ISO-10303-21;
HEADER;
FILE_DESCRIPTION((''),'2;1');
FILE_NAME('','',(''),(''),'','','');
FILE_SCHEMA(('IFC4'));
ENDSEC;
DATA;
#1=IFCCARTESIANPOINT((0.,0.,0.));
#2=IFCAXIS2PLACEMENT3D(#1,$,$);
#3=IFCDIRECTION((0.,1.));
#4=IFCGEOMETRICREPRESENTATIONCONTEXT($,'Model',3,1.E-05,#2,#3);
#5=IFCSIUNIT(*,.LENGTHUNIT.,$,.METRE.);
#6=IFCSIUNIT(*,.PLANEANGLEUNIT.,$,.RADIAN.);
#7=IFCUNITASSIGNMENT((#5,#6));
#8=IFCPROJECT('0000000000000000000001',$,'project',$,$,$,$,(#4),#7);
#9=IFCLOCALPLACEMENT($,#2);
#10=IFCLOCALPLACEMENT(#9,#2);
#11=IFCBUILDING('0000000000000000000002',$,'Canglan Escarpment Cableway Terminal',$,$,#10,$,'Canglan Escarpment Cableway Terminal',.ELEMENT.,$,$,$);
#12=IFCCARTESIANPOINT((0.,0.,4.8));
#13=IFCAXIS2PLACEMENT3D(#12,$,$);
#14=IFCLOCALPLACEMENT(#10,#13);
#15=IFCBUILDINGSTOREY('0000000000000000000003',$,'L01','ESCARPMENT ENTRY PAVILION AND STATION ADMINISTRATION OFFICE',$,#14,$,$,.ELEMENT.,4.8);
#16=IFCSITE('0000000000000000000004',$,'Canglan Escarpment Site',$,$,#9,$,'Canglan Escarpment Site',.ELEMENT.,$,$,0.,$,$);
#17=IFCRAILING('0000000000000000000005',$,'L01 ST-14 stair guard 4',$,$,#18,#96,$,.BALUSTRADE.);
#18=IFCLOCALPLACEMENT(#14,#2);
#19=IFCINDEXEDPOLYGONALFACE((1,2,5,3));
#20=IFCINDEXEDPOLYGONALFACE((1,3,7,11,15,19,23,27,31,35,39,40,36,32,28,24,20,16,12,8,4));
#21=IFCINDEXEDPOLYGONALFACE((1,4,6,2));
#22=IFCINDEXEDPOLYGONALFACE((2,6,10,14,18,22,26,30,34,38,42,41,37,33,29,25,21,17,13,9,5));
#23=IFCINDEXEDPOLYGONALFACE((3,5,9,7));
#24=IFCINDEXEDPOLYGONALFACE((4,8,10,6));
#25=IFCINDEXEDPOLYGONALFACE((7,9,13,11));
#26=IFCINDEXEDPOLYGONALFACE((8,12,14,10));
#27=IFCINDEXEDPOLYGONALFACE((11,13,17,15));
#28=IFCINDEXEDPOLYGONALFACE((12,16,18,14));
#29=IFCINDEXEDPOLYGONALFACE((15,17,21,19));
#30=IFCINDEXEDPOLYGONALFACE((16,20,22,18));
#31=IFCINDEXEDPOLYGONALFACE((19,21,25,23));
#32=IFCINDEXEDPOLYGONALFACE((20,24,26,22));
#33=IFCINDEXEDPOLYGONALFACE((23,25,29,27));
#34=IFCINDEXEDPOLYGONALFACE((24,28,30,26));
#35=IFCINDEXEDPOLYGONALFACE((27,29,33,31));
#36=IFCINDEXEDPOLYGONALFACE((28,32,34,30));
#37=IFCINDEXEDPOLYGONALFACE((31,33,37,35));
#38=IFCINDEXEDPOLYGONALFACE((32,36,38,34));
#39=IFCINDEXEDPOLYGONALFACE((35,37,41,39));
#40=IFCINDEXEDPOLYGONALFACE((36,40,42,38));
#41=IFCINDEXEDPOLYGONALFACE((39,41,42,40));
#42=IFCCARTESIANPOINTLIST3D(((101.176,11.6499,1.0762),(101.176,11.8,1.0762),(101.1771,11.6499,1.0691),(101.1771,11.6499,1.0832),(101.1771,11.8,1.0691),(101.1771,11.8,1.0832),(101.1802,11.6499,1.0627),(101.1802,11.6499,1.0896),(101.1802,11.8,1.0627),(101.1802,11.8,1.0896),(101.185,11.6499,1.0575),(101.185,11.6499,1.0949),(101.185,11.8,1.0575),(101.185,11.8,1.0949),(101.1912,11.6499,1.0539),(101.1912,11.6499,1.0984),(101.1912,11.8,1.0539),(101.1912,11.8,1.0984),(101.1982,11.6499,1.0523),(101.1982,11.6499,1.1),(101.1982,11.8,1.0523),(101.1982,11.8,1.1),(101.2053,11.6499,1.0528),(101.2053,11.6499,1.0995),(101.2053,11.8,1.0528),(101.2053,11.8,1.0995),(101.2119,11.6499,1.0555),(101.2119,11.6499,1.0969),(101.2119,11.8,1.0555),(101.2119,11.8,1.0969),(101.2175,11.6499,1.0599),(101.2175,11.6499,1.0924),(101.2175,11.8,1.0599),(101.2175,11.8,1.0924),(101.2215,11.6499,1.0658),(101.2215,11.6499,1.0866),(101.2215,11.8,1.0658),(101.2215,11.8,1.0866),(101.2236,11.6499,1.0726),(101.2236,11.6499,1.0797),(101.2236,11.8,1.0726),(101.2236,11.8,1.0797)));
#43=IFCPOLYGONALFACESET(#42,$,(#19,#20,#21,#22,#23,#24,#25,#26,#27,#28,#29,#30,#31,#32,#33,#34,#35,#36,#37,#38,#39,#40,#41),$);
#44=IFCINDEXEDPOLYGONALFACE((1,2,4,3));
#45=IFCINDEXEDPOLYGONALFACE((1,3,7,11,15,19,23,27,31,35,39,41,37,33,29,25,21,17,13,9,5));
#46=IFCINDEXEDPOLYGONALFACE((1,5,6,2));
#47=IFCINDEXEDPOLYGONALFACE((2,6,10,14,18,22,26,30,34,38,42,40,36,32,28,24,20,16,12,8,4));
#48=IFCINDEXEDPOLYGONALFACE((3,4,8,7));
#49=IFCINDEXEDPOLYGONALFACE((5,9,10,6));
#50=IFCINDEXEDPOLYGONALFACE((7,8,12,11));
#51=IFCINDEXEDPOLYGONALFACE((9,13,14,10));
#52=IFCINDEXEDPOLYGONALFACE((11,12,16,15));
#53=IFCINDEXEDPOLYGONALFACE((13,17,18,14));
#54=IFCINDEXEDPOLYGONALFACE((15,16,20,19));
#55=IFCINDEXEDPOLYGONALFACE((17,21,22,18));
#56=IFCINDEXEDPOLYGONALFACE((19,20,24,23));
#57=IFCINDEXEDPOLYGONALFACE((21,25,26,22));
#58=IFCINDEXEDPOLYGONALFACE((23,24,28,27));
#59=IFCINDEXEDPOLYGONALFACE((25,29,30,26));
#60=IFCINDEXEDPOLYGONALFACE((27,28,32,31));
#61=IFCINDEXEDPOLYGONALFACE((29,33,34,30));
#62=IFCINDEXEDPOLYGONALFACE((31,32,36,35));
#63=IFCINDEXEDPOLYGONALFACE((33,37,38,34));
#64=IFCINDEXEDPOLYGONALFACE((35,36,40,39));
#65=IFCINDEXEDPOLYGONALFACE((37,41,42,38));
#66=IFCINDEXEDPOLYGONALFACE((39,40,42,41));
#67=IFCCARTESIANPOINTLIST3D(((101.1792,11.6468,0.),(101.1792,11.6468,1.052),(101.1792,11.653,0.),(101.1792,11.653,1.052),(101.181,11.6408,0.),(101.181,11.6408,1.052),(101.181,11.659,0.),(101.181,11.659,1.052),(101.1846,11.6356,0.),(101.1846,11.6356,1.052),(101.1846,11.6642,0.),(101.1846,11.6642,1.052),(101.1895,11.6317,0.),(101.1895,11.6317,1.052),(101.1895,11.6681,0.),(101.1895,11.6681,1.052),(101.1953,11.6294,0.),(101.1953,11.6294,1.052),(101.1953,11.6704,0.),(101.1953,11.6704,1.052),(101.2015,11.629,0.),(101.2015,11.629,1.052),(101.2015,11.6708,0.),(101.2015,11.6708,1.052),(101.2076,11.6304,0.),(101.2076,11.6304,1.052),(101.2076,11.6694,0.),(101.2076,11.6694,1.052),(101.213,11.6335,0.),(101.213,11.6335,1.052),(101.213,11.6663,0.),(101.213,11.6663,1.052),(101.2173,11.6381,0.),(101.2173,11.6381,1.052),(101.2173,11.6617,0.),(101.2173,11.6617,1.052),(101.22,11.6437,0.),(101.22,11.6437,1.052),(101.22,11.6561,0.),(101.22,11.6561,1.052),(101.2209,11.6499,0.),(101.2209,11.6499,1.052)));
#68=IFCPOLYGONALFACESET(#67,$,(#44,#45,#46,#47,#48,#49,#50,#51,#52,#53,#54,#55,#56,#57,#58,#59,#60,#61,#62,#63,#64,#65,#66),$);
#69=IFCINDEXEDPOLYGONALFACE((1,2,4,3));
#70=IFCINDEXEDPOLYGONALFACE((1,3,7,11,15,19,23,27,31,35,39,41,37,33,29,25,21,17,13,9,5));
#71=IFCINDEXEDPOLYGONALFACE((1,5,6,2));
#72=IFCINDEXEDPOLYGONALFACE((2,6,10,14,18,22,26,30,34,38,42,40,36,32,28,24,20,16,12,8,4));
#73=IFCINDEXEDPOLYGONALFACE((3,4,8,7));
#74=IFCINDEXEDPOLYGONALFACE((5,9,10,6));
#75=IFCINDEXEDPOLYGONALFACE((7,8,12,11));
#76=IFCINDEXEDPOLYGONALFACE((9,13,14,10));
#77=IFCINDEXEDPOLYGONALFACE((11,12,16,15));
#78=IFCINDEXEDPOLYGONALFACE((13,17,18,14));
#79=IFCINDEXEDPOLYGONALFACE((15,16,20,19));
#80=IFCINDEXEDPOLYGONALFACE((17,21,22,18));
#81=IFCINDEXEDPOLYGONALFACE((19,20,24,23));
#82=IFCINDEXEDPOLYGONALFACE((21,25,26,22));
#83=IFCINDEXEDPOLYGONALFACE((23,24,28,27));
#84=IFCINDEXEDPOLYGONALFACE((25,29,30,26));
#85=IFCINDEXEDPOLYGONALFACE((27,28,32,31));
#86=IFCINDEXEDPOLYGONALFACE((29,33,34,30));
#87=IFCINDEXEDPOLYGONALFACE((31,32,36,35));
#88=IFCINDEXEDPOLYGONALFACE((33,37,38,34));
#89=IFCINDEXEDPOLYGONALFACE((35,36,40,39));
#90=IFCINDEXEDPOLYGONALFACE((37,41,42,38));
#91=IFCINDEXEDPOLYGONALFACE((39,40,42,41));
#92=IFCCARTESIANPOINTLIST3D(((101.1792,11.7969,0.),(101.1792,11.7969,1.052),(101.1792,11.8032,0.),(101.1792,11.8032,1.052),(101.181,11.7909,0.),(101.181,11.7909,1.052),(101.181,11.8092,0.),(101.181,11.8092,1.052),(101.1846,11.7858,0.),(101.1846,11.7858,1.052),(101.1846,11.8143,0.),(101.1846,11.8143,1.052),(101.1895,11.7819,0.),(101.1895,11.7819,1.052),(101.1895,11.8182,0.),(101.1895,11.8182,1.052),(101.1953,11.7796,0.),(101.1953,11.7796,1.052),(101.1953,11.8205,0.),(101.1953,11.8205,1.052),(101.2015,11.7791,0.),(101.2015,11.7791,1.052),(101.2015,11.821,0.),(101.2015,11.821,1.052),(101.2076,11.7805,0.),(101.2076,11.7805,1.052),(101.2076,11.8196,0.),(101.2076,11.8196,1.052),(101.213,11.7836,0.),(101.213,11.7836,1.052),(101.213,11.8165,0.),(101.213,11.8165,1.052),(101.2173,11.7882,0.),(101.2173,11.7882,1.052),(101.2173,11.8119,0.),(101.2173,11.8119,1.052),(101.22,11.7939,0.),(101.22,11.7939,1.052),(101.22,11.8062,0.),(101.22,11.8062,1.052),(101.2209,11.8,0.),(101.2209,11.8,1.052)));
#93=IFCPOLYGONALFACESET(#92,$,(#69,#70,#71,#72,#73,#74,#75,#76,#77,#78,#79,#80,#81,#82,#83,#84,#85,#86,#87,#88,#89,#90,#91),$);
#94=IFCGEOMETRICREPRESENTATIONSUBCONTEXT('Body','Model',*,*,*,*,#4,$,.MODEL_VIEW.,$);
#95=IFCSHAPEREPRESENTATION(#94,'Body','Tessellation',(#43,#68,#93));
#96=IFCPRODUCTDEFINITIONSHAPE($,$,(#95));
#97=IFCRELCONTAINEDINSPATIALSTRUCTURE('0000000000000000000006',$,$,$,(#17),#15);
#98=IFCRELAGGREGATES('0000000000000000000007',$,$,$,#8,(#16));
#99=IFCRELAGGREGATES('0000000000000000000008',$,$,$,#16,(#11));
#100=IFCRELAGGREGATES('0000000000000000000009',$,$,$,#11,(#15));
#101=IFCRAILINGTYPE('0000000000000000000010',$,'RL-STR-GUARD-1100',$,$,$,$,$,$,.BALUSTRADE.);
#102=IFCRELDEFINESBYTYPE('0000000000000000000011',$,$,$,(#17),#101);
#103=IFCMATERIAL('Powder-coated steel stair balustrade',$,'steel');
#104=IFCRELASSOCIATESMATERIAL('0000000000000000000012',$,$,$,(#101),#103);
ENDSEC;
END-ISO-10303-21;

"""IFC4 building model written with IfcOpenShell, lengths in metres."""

from ifc_helpers import new_model, si_unit, direction, frame, origin, origin_2d, place, context, subcontext, project, spatial, circle, extrude, material, type_object, element, save


model = new_model("IFC4")

# Units and contexts
model_context = context("Model", 3, precision=1e-05, world=origin(), true_north=direction((0.0, 1.0)))
body_context = subcontext(model_context, "Body", "Model", "MODEL_VIEW")
ifc_project = project(units=[si_unit("LENGTHUNIT", "METRE"), si_unit("PLANEANGLEUNIT", "RADIAN")], contexts=[model_context])

# Site, building, storey
site_placement = place(None, origin())
site = spatial("IfcSite", under=ifc_project, at=site_placement, Name="Canglan Escarpment Site", LongName="Canglan Escarpment Site", CompositionType="ELEMENT", RefElevation=0.0)
building_placement = place(site_placement, origin())
building = spatial("IfcBuilding", under=site, at=building_placement, Name="Canglan Escarpment Cableway Terminal", LongName="Canglan Escarpment Cableway Terminal", CompositionType="ELEMENT")
storey_placement = place(building_placement, frame((0.0, 0.0, 4.8)))
storey = spatial("IfcBuildingStorey", under=building, at=storey_placement, Name="L01", Description="ESCARPMENT ENTRY PAVILION AND STATION ADMINISTRATION OFFICE", CompositionType="ELEMENT", Elevation=4.8)

# Railing
ifc_material_1 = material(Name="Powder-coated steel stair balustrade", Category="steel")
railing_type_1 = type_object("IfcRailingType", Name="RL-STR-GUARD-1100", PredefinedType="BALUSTRADE", material=ifc_material_1)
railing_1_placement = place(storey_placement, frame((101.2, 11.6499, 0.0)))
element("IfcRailing", 1, at=railing_1_placement, inside=storey, type_object=railing_type_1, Name="L01 ST-14 stair guard 4", PredefinedType="BALUSTRADE", context=body_context, shape_type="SweptSolid", body=[
    extrude(circle(Radius=0.0239, at=origin_2d()), frame((0.0, 0.0, 1.0762), z_axis=(0.0, 1.0, 0.0), x_axis=(-1.0, 0.0, 0.0)), (0.0, 0.0, 1.0), 0.1501),
    extrude(circle(Radius=0.021, at=origin_2d()), origin(), (0.0, 0.0, 1.0), 1.052),
    extrude(circle(Radius=0.021, at=origin_2d()), frame((0.0, 0.1501, 0.0)), (0.0, 0.0, 1.0), 1.052),
])

save(model, "model.ifc")
